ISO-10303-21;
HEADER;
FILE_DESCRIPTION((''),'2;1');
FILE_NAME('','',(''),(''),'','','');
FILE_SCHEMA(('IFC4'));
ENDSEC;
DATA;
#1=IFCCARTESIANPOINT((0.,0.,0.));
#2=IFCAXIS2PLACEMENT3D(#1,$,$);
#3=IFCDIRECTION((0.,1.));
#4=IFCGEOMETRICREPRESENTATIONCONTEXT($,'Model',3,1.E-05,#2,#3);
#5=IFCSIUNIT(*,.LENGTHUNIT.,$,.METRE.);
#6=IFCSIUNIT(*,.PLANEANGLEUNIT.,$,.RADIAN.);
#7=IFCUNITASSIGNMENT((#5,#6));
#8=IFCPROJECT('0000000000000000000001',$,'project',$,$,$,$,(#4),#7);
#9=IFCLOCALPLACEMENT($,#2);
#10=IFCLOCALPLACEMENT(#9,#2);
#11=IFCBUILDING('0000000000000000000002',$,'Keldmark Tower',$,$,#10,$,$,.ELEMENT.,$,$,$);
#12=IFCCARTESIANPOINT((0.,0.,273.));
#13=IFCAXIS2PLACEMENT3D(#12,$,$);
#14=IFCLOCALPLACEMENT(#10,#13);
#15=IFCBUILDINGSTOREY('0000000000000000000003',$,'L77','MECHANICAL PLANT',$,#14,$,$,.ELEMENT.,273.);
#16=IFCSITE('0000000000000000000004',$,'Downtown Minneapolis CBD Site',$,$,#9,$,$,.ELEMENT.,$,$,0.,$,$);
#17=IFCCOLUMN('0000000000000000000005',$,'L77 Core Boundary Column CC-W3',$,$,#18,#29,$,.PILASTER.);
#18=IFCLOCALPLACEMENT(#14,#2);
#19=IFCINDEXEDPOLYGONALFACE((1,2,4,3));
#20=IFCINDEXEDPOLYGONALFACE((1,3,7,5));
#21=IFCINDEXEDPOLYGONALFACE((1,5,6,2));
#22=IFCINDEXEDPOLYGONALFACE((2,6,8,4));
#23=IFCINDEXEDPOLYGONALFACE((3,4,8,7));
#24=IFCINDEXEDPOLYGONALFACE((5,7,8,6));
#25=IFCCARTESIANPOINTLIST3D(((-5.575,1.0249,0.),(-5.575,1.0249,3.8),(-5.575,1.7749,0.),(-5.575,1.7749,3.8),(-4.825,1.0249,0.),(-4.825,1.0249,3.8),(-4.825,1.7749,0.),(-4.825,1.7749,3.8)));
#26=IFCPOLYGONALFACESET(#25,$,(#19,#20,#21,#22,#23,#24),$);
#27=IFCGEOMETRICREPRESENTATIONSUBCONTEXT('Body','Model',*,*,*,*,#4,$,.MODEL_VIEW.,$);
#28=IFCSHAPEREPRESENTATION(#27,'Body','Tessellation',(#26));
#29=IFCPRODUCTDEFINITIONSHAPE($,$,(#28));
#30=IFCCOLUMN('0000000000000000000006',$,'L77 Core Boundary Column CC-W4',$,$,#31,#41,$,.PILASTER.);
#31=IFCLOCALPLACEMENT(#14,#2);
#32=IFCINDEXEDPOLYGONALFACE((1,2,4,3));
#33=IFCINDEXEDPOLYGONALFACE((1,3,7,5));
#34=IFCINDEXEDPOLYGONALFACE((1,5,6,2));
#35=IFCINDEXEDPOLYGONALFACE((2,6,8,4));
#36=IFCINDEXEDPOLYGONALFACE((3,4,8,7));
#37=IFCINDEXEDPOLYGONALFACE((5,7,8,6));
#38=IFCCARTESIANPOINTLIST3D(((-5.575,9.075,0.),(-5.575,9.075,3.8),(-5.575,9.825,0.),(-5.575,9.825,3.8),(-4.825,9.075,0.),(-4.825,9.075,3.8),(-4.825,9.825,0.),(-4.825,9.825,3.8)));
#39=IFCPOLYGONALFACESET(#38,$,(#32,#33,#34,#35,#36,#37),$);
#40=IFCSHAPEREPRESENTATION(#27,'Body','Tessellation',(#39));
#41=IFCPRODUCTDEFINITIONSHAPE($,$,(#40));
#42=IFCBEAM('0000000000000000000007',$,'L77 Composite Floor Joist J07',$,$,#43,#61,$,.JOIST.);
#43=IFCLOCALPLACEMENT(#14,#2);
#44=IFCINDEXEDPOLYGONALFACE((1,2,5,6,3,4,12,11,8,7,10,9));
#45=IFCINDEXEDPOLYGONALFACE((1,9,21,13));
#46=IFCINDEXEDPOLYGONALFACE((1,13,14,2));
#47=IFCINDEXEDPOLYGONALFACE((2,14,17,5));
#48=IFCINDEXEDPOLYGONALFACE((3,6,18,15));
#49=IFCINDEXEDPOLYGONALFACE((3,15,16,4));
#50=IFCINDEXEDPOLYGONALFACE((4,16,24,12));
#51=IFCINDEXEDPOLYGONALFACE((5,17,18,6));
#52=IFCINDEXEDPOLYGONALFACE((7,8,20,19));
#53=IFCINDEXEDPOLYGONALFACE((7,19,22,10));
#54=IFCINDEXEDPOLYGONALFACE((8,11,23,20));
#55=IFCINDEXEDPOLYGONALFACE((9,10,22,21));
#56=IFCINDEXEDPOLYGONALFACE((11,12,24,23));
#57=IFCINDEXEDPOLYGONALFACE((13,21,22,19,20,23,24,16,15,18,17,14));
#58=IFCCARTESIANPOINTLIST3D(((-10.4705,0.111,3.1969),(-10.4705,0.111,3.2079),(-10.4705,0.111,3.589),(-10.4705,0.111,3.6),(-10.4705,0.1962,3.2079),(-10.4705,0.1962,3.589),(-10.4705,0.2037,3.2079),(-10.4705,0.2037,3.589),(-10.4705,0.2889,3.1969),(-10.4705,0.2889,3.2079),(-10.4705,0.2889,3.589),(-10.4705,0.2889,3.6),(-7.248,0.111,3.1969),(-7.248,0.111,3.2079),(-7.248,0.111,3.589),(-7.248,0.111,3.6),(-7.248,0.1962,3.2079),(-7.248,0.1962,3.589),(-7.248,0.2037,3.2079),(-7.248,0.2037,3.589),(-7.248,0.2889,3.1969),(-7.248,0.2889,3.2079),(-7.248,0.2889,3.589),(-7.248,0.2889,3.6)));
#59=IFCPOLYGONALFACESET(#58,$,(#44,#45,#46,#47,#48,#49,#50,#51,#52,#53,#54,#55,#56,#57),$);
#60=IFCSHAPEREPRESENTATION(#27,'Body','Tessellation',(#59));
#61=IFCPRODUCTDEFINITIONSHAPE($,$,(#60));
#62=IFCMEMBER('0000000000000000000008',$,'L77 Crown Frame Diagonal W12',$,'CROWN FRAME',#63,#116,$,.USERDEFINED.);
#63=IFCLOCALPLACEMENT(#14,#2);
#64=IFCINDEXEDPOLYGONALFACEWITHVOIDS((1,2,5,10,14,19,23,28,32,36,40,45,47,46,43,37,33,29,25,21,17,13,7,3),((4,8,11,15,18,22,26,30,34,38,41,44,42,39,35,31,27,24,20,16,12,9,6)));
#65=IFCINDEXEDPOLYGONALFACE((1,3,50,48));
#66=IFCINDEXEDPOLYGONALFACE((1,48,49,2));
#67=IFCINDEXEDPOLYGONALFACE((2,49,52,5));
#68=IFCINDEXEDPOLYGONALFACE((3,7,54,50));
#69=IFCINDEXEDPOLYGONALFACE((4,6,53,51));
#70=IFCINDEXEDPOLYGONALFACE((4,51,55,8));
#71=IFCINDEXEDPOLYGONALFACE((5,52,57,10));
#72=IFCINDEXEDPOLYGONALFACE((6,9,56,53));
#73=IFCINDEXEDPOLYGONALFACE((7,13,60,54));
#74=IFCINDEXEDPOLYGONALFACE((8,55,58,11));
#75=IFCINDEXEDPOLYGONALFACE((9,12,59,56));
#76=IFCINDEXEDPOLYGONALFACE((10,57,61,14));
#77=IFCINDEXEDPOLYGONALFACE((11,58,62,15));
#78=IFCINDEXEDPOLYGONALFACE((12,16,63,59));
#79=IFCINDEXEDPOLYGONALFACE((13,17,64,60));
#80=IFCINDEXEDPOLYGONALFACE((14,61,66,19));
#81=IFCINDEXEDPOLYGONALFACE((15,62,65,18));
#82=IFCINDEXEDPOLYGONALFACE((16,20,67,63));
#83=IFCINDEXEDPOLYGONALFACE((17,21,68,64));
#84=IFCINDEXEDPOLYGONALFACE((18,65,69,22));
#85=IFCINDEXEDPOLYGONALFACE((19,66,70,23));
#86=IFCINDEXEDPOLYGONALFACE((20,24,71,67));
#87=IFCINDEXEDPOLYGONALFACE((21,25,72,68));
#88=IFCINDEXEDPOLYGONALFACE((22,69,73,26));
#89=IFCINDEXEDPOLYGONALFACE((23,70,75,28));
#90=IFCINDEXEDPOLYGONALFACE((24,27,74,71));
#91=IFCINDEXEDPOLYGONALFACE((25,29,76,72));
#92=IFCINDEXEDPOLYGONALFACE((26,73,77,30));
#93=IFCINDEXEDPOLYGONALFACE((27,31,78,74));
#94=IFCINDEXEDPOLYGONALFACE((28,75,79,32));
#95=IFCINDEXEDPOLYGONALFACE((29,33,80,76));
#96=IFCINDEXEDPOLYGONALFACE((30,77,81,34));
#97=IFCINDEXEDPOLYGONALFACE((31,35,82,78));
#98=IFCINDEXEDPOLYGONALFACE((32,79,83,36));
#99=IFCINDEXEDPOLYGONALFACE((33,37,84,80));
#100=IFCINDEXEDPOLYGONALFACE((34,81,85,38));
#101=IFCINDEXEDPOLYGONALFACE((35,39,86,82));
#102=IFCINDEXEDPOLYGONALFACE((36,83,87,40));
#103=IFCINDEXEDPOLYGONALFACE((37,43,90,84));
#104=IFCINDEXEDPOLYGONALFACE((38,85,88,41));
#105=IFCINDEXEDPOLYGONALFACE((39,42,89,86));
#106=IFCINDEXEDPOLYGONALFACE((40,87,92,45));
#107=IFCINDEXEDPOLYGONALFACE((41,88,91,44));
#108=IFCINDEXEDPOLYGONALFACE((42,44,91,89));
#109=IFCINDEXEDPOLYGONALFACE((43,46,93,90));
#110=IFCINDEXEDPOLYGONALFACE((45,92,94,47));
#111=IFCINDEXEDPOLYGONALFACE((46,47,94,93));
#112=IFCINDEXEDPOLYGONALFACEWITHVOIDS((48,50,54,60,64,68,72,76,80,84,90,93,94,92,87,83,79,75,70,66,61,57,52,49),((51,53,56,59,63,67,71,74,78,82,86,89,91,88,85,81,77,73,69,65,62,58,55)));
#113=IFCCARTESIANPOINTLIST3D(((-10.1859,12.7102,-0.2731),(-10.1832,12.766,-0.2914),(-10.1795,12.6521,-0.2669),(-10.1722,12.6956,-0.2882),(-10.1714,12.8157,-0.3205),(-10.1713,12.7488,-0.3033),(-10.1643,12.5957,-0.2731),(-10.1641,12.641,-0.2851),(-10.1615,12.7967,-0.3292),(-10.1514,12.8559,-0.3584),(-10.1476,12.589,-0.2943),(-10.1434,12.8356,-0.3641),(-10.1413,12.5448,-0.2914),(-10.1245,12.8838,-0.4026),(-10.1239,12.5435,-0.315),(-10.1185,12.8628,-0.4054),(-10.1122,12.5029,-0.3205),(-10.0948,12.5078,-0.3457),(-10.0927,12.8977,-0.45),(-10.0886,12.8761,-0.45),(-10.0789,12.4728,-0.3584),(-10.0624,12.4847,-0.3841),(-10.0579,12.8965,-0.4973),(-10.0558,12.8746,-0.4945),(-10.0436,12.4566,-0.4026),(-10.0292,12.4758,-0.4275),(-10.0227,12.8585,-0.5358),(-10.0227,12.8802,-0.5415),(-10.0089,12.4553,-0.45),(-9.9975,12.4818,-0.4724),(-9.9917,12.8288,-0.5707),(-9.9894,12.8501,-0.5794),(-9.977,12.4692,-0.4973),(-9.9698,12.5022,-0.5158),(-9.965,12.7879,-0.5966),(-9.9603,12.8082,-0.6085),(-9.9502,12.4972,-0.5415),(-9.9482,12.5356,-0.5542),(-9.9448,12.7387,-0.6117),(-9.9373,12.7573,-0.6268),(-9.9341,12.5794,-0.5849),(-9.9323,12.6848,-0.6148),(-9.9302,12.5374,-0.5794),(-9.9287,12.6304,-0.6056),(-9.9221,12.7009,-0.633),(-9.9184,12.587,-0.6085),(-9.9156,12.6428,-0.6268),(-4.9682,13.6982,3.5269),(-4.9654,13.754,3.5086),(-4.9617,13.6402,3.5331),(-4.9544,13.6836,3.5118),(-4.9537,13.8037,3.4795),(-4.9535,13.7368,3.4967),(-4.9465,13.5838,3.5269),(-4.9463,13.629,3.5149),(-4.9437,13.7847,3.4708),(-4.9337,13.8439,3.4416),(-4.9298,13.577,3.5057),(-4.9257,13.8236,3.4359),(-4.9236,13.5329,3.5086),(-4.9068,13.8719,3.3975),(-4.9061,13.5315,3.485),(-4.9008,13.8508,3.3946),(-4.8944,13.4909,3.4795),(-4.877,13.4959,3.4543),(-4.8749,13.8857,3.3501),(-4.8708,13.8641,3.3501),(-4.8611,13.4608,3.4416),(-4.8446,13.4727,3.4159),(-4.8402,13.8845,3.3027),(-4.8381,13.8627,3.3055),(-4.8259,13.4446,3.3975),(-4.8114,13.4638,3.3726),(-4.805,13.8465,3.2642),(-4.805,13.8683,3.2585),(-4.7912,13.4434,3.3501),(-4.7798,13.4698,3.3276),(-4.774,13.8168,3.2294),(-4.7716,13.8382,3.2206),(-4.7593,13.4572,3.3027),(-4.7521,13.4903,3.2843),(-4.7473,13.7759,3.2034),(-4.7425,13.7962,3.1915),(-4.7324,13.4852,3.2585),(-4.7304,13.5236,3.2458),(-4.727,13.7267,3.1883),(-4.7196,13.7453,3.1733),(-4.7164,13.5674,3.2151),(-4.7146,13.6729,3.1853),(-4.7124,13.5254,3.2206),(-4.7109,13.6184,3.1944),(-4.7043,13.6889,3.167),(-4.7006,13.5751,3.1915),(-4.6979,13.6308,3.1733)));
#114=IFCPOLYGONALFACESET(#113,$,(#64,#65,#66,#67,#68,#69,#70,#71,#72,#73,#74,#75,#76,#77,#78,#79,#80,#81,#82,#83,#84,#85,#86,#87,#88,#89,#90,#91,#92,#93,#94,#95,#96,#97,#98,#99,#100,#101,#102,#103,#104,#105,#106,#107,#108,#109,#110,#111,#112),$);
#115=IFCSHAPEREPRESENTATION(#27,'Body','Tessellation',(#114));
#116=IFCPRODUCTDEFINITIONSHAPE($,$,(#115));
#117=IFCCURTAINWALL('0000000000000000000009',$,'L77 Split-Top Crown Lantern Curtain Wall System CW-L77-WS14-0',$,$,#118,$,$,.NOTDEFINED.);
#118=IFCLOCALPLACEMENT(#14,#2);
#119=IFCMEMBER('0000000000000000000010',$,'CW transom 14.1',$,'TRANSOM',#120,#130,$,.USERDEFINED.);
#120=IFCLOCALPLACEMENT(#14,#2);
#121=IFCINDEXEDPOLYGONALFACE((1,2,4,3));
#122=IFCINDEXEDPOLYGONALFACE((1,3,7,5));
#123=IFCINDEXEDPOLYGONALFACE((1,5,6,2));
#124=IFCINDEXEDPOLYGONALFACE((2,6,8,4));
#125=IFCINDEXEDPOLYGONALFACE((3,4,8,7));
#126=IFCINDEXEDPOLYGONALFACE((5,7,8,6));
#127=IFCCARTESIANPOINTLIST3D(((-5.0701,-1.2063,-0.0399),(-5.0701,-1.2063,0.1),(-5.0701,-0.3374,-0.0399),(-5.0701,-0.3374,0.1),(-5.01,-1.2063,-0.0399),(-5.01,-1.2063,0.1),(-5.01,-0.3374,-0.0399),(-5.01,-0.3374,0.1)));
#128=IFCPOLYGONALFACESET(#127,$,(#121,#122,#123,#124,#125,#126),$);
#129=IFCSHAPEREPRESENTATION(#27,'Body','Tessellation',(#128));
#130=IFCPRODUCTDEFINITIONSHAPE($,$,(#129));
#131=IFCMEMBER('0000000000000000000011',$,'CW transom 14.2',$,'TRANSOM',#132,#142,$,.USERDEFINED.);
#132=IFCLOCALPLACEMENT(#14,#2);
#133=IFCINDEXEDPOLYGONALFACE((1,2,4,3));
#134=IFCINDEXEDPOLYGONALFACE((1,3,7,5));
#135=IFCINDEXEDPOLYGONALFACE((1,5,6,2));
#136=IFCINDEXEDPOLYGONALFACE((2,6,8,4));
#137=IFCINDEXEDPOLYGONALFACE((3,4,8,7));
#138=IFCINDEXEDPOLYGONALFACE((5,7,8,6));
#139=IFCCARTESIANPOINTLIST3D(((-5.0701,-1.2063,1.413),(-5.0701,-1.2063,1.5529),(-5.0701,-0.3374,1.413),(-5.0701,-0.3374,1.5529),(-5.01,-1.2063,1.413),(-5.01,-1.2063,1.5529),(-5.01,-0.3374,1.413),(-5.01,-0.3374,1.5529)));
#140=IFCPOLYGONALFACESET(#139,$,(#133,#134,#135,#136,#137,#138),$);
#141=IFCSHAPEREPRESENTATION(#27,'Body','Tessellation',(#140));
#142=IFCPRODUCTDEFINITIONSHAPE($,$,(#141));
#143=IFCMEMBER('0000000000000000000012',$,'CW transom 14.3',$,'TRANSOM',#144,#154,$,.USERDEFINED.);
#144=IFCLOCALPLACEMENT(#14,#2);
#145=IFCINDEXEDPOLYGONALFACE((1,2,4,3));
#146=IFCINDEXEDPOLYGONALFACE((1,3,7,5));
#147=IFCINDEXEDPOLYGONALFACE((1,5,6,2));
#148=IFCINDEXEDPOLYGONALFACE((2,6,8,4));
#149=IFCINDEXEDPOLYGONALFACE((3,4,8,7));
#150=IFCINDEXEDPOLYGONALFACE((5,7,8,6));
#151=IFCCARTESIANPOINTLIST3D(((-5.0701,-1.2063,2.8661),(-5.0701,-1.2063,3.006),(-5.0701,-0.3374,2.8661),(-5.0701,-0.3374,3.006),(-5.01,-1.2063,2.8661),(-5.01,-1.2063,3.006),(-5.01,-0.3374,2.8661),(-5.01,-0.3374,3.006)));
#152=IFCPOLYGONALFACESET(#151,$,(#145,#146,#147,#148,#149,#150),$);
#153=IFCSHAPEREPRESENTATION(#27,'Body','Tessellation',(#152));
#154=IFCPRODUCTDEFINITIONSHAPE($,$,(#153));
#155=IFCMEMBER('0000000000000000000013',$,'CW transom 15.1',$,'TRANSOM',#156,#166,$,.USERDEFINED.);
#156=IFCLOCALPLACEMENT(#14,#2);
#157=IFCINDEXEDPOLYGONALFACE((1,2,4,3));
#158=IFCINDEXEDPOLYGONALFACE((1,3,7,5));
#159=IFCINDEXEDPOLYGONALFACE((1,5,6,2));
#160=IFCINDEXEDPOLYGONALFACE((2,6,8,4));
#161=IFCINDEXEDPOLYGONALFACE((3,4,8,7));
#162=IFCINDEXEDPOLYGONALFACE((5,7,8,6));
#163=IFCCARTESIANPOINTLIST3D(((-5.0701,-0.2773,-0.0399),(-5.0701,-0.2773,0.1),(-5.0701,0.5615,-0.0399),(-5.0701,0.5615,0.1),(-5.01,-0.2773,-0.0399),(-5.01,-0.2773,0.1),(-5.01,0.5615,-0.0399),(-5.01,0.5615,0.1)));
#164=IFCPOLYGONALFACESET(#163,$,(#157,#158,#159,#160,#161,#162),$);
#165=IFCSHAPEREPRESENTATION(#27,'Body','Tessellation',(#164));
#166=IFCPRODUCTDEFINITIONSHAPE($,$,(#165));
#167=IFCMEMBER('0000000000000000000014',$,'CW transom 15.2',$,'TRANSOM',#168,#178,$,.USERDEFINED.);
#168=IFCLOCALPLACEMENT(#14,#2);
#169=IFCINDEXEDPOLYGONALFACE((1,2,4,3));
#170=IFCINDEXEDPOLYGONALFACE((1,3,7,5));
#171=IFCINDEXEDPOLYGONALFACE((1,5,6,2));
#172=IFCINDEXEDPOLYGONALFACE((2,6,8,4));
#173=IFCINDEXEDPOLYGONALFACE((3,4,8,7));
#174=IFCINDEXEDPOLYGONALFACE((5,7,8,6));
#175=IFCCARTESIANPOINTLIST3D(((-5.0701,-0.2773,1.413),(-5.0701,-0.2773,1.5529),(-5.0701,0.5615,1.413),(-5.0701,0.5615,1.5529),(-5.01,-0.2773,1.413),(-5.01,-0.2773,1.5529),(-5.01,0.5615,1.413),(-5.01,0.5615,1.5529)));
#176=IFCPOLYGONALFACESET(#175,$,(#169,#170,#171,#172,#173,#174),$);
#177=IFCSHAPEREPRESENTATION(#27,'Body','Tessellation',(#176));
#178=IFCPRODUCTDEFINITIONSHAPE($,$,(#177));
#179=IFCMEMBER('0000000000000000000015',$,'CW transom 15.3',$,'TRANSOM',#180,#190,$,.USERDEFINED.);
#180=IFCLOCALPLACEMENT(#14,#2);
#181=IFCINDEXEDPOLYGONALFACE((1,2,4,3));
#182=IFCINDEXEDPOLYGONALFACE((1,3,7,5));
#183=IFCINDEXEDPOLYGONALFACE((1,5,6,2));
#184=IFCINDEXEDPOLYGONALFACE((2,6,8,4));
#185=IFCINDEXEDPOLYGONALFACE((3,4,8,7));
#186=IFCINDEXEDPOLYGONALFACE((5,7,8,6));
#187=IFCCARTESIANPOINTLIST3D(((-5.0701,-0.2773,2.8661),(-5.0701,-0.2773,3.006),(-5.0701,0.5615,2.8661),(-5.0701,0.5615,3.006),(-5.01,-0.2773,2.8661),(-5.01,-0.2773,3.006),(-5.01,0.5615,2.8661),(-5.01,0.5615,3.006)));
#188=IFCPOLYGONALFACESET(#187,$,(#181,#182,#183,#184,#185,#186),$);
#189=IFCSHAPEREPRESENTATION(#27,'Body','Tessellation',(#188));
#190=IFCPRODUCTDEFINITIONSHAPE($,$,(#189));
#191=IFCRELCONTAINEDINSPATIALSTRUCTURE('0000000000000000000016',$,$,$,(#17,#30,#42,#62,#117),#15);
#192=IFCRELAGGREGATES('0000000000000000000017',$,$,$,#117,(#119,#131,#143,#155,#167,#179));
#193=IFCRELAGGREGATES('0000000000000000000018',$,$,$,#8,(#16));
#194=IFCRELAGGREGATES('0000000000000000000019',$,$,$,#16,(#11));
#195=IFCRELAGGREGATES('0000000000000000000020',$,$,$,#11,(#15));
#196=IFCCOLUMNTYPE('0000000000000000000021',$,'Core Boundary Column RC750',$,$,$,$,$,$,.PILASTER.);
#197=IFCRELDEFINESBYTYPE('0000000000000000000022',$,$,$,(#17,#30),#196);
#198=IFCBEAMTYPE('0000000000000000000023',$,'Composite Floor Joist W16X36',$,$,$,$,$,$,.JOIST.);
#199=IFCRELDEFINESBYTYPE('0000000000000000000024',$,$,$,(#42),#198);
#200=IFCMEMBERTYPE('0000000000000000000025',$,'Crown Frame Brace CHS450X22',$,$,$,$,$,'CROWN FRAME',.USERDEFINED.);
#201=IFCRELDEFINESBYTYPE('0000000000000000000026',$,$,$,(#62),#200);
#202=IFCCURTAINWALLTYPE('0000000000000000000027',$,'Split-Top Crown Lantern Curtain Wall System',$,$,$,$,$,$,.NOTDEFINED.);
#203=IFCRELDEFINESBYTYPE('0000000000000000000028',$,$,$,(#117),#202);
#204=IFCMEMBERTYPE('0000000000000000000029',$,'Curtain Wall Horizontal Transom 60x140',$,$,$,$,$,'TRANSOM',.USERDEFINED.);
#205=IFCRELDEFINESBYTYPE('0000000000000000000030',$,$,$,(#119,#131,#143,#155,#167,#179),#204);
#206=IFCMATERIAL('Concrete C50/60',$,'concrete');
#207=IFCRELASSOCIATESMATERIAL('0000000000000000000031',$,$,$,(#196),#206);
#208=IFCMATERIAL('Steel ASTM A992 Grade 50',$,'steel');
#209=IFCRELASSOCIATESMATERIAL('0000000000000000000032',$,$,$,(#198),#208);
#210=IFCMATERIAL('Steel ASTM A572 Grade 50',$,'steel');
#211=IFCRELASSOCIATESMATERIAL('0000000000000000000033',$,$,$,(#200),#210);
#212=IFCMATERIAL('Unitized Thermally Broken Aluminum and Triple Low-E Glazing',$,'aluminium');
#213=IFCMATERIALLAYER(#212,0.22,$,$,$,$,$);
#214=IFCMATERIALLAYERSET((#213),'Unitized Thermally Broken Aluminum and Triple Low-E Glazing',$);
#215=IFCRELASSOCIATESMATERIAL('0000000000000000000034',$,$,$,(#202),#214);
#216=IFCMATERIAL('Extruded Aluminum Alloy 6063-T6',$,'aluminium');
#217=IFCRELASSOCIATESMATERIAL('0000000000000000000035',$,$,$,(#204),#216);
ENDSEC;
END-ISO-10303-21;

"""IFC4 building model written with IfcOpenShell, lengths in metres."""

from ifc_helpers import new_model, si_unit, direction, frame, origin, origin_2d, place, context, subcontext, project, spatial, rectangle, hollow_circle, i_section, extrude, material, layer, layer_set, material_profile, profile_set, type_object, element, aggregate, save


model = new_model("IFC4")

# Units and contexts
model_context = context("Model", 3, precision=1e-05, world=origin(), true_north=direction((0.0, 1.0)))
body_context = subcontext(model_context, "Body", "Model", "MODEL_VIEW")
ifc_project = project(units=[si_unit("LENGTHUNIT", "METRE"), si_unit("PLANEANGLEUNIT", "RADIAN")], contexts=[model_context])

# Site, building, storey
site_placement = place(None, origin())
site = spatial("IfcSite", under=ifc_project, at=site_placement, Name="Downtown Minneapolis CBD Site", CompositionType="ELEMENT", RefElevation=0.0)
building_placement = place(site_placement, origin())
building = spatial("IfcBuilding", under=site, at=building_placement, Name="Keldmark Tower", CompositionType="ELEMENT")
storey_placement = place(building_placement, frame((0.0, 0.0, 273.0)))
storey = spatial("IfcBuildingStorey", under=building, at=storey_placement, Name="L77", Description="MECHANICAL PLANT", CompositionType="ELEMENT", Elevation=273.0)

# Columns
ifc_material_1 = material(Name="Concrete C50/60", Category="concrete")
ifc_material_profile_1 = material_profile(ifc_material_1, rectangle(XDim=0.75, YDim=0.75, at=origin_2d()), Name="RC750X750")
ifc_profile_set_1 = profile_set([ifc_material_profile_1], Name="Concrete C50/60")
column_type = type_object("IfcColumnType", Name="Core Boundary Column RC750", PredefinedType="PILASTER", material=ifc_profile_set_1)
for number, where, z_axis, x_axis, name in (
    (1, (-5.2, 1.3999, 0.0), (0.0, 0.0, 1.0), (1.0, 0.0, 0.0), "L77 Core Boundary Column CC-W3"),
    (2, (-5.2, 9.45, 0.0), (0.0, 0.0, 1.0), (1.0, 0.0, 0.0), "L77 Core Boundary Column CC-W4"),
):
    element("IfcColumn", number, at=place(storey_placement, frame(where, z_axis=z_axis, x_axis=x_axis)), inside=storey, type_object=column_type, Name=name, PredefinedType="PILASTER", context=body_context, shape_type="SweptSolid", body=[
        extrude(rectangle(XDim=0.75, YDim=0.75, at=origin_2d()), origin(), (0.0, 0.0, 1.0), 3.8),
    ])

# Beam
ifc_material_2 = material(Name="Steel ASTM A992 Grade 50", Category="steel")
ifc_material_profile_2 = material_profile(ifc_material_2, i_section(OverallWidth=0.178, OverallDepth=0.4031, WebThickness=0.0076, FlangeThickness=0.011, at=origin_2d()), Name="W16X36")
ifc_profile_set_2 = profile_set([ifc_material_profile_2], Name="Steel ASTM A992 Grade 50")
beam_type_1 = type_object("IfcBeamType", Name="Composite Floor Joist W16X36", PredefinedType="JOIST", material=ifc_profile_set_2)
beam_1_placement = place(storey_placement, frame((-10.4705, 0.2, 3.3984), z_axis=(1.0, 0.0, 0.0), x_axis=(0.0, 1.0, 0.0)))
element("IfcBeam", 3, at=beam_1_placement, inside=storey, type_object=beam_type_1, Name="L77 Composite Floor Joist J07", PredefinedType="JOIST", context=body_context, shape_type="SweptSolid", body=[
    extrude(i_section(OverallWidth=0.178, OverallDepth=0.4031, WebThickness=0.0076, FlangeThickness=0.011, at=origin_2d()), origin(), (0.0, 0.0, 1.0), 3.2224),
])

# Member
ifc_material_3 = material(Name="Steel ASTM A572 Grade 50", Category="steel")
ifc_material_profile_3 = material_profile(ifc_material_3, hollow_circle(Radius=0.2251, WallThickness=0.022, at=origin_2d()), Name="CHS450X22")
ifc_profile_set_3 = profile_set([ifc_material_profile_3], Name="Steel ASTM A572 Grade 50")
member_type_1 = type_object("IfcMemberType", Name="Crown Frame Brace CHS450X22", ElementType="CROWN FRAME", PredefinedType="USERDEFINED", material=ifc_profile_set_3)
member_1_placement = place(storey_placement, frame((-10.0508, 12.6765, -0.45), z_axis=(0.799039, 0.151306, 0.581931), x_axis=(-0.186054, 0.98254, 0.0)))
element("IfcMember", 4, at=member_1_placement, inside=storey, type_object=member_type_1, Name="L77 Crown Frame Diagonal W12", ObjectType="CROWN FRAME", PredefinedType="USERDEFINED", context=body_context, shape_type="SweptSolid", body=[
    extrude(hollow_circle(Radius=0.2251, WallThickness=0.022, at=origin_2d()), origin(), (0.0, 0.0, 1.0), 6.53),
])

# Curtain wall, members
ifc_material_4 = material(Name="Unitized Thermally Broken Aluminum and Triple Low-E Glazing", Category="aluminium")
ifc_layer_1 = layer(ifc_material_4, 0.22)
ifc_layer_set_1 = layer_set([ifc_layer_1], Name="Unitized Thermally Broken Aluminum and Triple Low-E Glazing")
curtain_wall_type = type_object("IfcCurtainWallType", Name="Split-Top Crown Lantern Curtain Wall System", PredefinedType="NOTDEFINED", material=ifc_layer_set_1)
curtain_wall_placement = place(storey_placement, origin())
curtain_wall = element("IfcCurtainWall", 5, at=curtain_wall_placement, inside=storey, type_object=curtain_wall_type, Name="L77 Split-Top Crown Lantern Curtain Wall System CW-L77-WS14-0", PredefinedType="NOTDEFINED")
ifc_material_5 = material(Name="Extruded Aluminum Alloy 6063-T6", Category="aluminium")
ifc_material_profile_4 = material_profile(ifc_material_5, rectangle(XDim=0.0601, YDim=0.1399, at=origin_2d()), Name="CWT60X140")
ifc_profile_set_4 = profile_set([ifc_material_profile_4], Name="Extruded Aluminum Alloy 6063-T6")
member_type_2 = type_object("IfcMemberType", Name="Curtain Wall Horizontal Transom 60x140", ElementType="TRANSOM", PredefinedType="USERDEFINED", material=ifc_profile_set_4)
member_2_placement = place(storey_placement, frame((-5.04, -1.2063, 0.03), z_axis=(0.0, 1.0, 0.0), x_axis=(-1.0, 0.0, 0.0)))
member_2 = element("IfcMember", 6, at=member_2_placement, type_object=member_type_2, Name="CW transom 14.1", ObjectType="TRANSOM", PredefinedType="USERDEFINED", context=body_context, shape_type="SweptSolid", body=[
    extrude(rectangle(XDim=0.0601, YDim=0.1399, at=origin_2d()), origin(), (0.0, 0.0, 1.0), 0.8689),
])
member_3_placement = place(storey_placement, frame((-5.04, -1.2063, 1.4829), z_axis=(0.0, 1.0, 0.0), x_axis=(-1.0, 0.0, 0.0)))
member_3 = element("IfcMember", 7, at=member_3_placement, type_object=member_type_2, Name="CW transom 14.2", ObjectType="TRANSOM", PredefinedType="USERDEFINED", context=body_context, shape_type="SweptSolid", body=[
    extrude(rectangle(XDim=0.0601, YDim=0.1399, at=origin_2d()), origin(), (0.0, 0.0, 1.0), 0.8689),
])
member_4_placement = place(storey_placement, frame((-5.04, -1.2063, 2.936), z_axis=(0.0, 1.0, 0.0), x_axis=(-1.0, 0.0, 0.0)))
member_4 = element("IfcMember", 8, at=member_4_placement, type_object=member_type_2, Name="CW transom 14.3", ObjectType="TRANSOM", PredefinedType="USERDEFINED", context=body_context, shape_type="SweptSolid", body=[
    extrude(rectangle(XDim=0.0601, YDim=0.1399, at=origin_2d()), origin(), (0.0, 0.0, 1.0), 0.8689),
])
member_5_placement = place(storey_placement, frame((-5.04, -0.2773, 0.03), z_axis=(0.0, 1.0, 0.0), x_axis=(-1.0, 0.0, 0.0)))
member_5 = element("IfcMember", 9, at=member_5_placement, type_object=member_type_2, Name="CW transom 15.1", ObjectType="TRANSOM", PredefinedType="USERDEFINED", context=body_context, shape_type="SweptSolid", body=[
    extrude(rectangle(XDim=0.0601, YDim=0.1399, at=origin_2d()), origin(), (0.0, 0.0, 1.0), 0.8389),
])
member_6_placement = place(storey_placement, frame((-5.04, -0.2773, 1.4829), z_axis=(0.0, 1.0, 0.0), x_axis=(-1.0, 0.0, 0.0)))
member_6 = element("IfcMember", 10, at=member_6_placement, type_object=member_type_2, Name="CW transom 15.2", ObjectType="TRANSOM", PredefinedType="USERDEFINED", context=body_context, shape_type="SweptSolid", body=[
    extrude(rectangle(XDim=0.0601, YDim=0.1399, at=origin_2d()), origin(), (0.0, 0.0, 1.0), 0.8389),
])
member_7_placement = place(storey_placement, frame((-5.04, -0.2773, 2.936), z_axis=(0.0, 1.0, 0.0), x_axis=(-1.0, 0.0, 0.0)))
member_7 = element("IfcMember", 11, at=member_7_placement, type_object=member_type_2, Name="CW transom 15.3", ObjectType="TRANSOM", PredefinedType="USERDEFINED", context=body_context, shape_type="SweptSolid", body=[
    extrude(rectangle(XDim=0.0601, YDim=0.1399, at=origin_2d()), origin(), (0.0, 0.0, 1.0), 0.8389),
])

aggregate(curtain_wall, [member_2, member_3, member_4, member_5, member_6, member_7])

save(model, "model.ifc")
